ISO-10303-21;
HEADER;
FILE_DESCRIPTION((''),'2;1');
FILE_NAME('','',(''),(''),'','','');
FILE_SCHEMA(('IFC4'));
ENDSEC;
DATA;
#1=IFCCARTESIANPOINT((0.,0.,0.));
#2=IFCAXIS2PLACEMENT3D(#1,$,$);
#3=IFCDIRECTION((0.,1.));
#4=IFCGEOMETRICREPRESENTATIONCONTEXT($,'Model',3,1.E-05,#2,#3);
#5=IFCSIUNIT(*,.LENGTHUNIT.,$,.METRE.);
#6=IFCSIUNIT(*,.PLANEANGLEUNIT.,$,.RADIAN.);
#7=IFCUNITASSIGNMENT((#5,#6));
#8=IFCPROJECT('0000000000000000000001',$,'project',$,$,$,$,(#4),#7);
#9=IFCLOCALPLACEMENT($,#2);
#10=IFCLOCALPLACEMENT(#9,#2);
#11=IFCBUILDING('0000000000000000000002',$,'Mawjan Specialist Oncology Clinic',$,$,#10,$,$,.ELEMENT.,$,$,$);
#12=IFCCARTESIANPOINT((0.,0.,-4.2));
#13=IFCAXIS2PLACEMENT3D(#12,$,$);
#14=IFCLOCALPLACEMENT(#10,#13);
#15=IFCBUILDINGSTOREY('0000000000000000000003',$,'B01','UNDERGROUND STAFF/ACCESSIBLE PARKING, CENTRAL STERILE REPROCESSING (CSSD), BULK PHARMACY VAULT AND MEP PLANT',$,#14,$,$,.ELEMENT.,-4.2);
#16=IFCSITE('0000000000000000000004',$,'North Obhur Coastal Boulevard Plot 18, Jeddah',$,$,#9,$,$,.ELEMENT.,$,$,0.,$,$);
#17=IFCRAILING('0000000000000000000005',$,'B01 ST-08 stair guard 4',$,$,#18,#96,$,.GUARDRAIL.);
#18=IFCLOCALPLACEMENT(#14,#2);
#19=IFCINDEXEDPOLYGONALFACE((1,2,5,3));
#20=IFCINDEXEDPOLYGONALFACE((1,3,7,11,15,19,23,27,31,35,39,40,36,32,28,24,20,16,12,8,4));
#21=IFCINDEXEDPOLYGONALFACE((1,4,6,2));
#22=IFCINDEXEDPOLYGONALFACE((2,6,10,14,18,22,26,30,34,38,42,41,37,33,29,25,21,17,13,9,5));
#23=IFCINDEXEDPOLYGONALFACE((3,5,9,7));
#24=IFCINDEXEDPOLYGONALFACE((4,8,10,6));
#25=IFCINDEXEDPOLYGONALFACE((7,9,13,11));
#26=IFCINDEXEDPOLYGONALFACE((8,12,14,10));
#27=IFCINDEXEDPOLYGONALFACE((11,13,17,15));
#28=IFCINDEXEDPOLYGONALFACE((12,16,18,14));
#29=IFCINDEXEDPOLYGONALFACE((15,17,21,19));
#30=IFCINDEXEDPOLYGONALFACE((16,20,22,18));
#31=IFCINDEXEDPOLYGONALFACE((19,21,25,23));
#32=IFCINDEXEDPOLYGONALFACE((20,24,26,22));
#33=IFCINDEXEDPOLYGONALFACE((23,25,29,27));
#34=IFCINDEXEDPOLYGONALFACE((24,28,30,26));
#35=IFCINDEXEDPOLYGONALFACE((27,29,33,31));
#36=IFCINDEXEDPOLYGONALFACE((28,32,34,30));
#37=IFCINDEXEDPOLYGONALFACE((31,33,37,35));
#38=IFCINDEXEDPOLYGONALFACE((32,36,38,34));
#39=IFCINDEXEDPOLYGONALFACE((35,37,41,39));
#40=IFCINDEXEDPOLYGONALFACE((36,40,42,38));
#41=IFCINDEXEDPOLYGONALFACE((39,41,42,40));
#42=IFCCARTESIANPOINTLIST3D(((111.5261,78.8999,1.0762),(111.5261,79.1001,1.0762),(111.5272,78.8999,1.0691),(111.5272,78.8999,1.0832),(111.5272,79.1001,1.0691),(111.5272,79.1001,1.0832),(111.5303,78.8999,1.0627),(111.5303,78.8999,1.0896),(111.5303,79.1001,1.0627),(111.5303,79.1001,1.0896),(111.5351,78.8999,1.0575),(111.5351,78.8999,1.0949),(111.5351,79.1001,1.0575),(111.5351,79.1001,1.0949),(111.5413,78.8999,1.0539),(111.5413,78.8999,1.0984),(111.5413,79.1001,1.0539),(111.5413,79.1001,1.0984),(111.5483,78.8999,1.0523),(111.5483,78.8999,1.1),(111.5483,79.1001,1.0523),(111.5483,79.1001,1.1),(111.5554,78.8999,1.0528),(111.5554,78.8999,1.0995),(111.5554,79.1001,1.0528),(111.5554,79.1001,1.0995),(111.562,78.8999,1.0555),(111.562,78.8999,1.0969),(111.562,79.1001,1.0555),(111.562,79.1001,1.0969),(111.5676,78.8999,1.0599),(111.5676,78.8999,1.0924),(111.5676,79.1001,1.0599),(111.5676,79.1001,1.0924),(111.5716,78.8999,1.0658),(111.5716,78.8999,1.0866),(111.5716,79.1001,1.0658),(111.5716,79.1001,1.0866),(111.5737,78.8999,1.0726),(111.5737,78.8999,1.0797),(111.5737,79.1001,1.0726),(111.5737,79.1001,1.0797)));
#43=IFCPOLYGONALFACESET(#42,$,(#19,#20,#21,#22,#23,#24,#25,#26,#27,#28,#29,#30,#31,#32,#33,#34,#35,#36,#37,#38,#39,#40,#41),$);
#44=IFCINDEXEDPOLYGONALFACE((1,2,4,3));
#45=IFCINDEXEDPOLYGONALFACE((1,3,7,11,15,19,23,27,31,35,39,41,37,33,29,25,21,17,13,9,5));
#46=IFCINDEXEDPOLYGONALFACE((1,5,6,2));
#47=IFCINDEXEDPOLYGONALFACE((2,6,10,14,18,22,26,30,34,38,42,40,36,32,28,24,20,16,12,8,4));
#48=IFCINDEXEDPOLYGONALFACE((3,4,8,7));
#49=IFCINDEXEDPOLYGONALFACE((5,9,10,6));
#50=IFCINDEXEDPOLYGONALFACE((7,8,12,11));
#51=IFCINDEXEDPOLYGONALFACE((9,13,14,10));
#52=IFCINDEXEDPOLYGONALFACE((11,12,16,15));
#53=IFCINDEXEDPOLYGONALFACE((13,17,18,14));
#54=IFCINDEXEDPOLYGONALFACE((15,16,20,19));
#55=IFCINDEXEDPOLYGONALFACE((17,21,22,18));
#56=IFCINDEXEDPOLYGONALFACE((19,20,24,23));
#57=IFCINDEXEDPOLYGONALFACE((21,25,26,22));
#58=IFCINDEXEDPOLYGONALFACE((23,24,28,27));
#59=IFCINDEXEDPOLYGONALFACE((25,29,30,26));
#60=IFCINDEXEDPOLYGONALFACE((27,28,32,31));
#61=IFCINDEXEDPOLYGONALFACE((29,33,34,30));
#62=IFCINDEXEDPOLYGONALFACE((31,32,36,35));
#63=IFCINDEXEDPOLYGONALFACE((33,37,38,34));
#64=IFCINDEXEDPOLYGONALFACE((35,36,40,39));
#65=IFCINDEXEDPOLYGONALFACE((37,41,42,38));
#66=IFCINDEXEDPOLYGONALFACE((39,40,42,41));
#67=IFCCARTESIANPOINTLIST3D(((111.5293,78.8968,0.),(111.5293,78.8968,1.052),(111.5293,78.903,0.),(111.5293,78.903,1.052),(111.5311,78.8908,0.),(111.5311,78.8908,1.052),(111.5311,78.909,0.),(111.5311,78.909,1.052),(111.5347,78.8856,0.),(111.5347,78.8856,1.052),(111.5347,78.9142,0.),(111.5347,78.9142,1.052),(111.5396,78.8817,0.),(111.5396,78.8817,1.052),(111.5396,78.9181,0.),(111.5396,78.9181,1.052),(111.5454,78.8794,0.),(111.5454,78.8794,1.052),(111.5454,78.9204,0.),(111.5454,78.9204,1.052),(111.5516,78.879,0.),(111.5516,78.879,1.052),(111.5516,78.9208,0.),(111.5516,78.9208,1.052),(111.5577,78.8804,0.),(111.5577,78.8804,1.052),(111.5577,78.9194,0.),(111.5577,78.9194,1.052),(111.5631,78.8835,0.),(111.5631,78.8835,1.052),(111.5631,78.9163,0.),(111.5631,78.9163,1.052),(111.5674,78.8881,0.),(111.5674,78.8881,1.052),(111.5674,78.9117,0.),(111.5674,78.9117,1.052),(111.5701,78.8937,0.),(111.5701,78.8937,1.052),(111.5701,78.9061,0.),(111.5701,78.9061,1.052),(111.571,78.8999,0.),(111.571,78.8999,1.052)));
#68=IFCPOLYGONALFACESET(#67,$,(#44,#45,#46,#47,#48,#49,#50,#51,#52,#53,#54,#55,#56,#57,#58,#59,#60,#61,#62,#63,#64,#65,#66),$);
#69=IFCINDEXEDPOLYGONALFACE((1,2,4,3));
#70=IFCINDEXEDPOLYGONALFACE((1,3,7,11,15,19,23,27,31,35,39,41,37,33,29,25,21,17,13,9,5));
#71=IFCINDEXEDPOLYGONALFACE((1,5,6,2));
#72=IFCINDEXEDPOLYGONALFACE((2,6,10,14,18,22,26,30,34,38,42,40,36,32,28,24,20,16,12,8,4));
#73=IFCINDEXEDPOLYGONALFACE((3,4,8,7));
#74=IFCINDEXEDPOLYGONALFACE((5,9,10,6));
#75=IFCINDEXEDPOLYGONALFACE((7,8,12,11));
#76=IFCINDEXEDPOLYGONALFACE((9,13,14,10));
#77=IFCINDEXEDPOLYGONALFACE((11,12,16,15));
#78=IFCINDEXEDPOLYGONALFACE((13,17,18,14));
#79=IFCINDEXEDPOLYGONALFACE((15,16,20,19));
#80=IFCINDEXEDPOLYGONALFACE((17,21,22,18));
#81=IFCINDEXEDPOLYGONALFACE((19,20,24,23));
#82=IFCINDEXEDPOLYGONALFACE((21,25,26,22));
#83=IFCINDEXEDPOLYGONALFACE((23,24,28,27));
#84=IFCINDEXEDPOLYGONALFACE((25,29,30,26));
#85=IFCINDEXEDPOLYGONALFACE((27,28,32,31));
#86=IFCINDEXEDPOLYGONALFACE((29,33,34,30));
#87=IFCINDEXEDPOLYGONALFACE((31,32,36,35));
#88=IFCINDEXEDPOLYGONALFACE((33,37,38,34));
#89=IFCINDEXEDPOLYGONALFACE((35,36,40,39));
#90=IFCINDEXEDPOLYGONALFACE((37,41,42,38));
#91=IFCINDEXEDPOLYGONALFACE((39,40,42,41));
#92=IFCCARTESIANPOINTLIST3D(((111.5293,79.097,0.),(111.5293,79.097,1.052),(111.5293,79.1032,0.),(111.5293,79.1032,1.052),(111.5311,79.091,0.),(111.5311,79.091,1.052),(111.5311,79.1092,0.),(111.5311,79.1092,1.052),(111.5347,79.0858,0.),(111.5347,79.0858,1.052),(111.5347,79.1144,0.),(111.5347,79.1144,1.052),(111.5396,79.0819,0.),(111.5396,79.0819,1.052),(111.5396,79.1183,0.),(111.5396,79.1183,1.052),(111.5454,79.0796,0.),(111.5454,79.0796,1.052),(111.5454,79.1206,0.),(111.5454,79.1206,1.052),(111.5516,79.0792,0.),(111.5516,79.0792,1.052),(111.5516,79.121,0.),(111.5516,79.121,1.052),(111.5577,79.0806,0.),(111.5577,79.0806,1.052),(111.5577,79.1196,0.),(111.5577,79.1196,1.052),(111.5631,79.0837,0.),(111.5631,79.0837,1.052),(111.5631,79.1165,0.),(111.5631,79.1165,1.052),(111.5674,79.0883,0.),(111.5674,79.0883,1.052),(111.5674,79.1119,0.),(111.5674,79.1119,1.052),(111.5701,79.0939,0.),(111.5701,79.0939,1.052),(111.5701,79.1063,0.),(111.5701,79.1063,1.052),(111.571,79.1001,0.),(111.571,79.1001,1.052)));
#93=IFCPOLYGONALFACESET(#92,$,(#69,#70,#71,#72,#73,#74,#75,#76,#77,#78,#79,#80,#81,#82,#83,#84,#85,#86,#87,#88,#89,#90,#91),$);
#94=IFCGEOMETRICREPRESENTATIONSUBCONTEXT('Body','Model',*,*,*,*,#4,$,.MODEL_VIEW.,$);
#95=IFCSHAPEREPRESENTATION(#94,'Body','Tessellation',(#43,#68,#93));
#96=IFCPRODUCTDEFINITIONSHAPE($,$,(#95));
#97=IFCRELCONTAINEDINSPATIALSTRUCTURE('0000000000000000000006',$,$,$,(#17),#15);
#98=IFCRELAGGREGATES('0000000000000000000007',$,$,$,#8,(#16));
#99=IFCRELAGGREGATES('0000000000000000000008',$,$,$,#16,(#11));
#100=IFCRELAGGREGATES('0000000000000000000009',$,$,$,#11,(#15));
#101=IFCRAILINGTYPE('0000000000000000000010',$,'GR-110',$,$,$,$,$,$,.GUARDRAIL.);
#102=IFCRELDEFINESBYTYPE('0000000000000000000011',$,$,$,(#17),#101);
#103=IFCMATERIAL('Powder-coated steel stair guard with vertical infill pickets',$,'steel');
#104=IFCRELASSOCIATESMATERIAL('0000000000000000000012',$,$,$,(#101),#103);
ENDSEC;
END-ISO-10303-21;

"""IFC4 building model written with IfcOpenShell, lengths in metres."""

from ifc_helpers import new_model, si_unit, direction, frame, origin, origin_2d, place, context, subcontext, project, spatial, circle, extrude, material, type_object, element, save


model = new_model("IFC4")

# Units and contexts
model_context = context("Model", 3, precision=1e-05, world=origin(), true_north=direction((0.0, 1.0)))
body_context = subcontext(model_context, "Body", "Model", "MODEL_VIEW")
ifc_project = project(units=[si_unit("LENGTHUNIT", "METRE"), si_unit("PLANEANGLEUNIT", "RADIAN")], contexts=[model_context])

# Site, building, storey
site_placement = place(None, origin())
site = spatial("IfcSite", under=ifc_project, at=site_placement, Name="North Obhur Coastal Boulevard Plot 18, Jeddah", CompositionType="ELEMENT", RefElevation=0.0)
building_placement = place(site_placement, origin())
building = spatial("IfcBuilding", under=site, at=building_placement, Name="Mawjan Specialist Oncology Clinic", CompositionType="ELEMENT")
storey_placement = place(building_placement, frame((0.0, 0.0, -4.2)))
storey = spatial("IfcBuildingStorey", under=building, at=storey_placement, Name="B01", Description="UNDERGROUND STAFF/ACCESSIBLE PARKING, CENTRAL STERILE REPROCESSING (CSSD), BULK PHARMACY VAULT AND MEP PLANT", CompositionType="ELEMENT", Elevation=-4.2)

# Railing
ifc_material_1 = material(Name="Powder-coated steel stair guard with vertical infill pickets", Category="steel")
railing_type_1 = type_object("IfcRailingType", Name="GR-110", PredefinedType="GUARDRAIL", material=ifc_material_1)
railing_1_placement = place(storey_placement, frame((111.55, 78.8999, 0.0)))
element("IfcRailing", 1, at=railing_1_placement, inside=storey, type_object=railing_type_1, Name="B01 ST-08 stair guard 4", PredefinedType="GUARDRAIL", context=body_context, shape_type="SweptSolid", body=[
    extrude(circle(Radius=0.0239, at=origin_2d()), frame((0.0, 0.0, 1.0762), z_axis=(0.0, 1.0, 0.0), x_axis=(-1.0, 0.0, 0.0)), (0.0, 0.0, 1.0), 0.2002),
    extrude(circle(Radius=0.021, at=origin_2d()), origin(), (0.0, 0.0, 1.0), 1.052),
    extrude(circle(Radius=0.021, at=origin_2d()), frame((0.0, 0.2002, 0.0)), (0.0, 0.0, 1.0), 1.052),
])

save(model, "model.ifc")
